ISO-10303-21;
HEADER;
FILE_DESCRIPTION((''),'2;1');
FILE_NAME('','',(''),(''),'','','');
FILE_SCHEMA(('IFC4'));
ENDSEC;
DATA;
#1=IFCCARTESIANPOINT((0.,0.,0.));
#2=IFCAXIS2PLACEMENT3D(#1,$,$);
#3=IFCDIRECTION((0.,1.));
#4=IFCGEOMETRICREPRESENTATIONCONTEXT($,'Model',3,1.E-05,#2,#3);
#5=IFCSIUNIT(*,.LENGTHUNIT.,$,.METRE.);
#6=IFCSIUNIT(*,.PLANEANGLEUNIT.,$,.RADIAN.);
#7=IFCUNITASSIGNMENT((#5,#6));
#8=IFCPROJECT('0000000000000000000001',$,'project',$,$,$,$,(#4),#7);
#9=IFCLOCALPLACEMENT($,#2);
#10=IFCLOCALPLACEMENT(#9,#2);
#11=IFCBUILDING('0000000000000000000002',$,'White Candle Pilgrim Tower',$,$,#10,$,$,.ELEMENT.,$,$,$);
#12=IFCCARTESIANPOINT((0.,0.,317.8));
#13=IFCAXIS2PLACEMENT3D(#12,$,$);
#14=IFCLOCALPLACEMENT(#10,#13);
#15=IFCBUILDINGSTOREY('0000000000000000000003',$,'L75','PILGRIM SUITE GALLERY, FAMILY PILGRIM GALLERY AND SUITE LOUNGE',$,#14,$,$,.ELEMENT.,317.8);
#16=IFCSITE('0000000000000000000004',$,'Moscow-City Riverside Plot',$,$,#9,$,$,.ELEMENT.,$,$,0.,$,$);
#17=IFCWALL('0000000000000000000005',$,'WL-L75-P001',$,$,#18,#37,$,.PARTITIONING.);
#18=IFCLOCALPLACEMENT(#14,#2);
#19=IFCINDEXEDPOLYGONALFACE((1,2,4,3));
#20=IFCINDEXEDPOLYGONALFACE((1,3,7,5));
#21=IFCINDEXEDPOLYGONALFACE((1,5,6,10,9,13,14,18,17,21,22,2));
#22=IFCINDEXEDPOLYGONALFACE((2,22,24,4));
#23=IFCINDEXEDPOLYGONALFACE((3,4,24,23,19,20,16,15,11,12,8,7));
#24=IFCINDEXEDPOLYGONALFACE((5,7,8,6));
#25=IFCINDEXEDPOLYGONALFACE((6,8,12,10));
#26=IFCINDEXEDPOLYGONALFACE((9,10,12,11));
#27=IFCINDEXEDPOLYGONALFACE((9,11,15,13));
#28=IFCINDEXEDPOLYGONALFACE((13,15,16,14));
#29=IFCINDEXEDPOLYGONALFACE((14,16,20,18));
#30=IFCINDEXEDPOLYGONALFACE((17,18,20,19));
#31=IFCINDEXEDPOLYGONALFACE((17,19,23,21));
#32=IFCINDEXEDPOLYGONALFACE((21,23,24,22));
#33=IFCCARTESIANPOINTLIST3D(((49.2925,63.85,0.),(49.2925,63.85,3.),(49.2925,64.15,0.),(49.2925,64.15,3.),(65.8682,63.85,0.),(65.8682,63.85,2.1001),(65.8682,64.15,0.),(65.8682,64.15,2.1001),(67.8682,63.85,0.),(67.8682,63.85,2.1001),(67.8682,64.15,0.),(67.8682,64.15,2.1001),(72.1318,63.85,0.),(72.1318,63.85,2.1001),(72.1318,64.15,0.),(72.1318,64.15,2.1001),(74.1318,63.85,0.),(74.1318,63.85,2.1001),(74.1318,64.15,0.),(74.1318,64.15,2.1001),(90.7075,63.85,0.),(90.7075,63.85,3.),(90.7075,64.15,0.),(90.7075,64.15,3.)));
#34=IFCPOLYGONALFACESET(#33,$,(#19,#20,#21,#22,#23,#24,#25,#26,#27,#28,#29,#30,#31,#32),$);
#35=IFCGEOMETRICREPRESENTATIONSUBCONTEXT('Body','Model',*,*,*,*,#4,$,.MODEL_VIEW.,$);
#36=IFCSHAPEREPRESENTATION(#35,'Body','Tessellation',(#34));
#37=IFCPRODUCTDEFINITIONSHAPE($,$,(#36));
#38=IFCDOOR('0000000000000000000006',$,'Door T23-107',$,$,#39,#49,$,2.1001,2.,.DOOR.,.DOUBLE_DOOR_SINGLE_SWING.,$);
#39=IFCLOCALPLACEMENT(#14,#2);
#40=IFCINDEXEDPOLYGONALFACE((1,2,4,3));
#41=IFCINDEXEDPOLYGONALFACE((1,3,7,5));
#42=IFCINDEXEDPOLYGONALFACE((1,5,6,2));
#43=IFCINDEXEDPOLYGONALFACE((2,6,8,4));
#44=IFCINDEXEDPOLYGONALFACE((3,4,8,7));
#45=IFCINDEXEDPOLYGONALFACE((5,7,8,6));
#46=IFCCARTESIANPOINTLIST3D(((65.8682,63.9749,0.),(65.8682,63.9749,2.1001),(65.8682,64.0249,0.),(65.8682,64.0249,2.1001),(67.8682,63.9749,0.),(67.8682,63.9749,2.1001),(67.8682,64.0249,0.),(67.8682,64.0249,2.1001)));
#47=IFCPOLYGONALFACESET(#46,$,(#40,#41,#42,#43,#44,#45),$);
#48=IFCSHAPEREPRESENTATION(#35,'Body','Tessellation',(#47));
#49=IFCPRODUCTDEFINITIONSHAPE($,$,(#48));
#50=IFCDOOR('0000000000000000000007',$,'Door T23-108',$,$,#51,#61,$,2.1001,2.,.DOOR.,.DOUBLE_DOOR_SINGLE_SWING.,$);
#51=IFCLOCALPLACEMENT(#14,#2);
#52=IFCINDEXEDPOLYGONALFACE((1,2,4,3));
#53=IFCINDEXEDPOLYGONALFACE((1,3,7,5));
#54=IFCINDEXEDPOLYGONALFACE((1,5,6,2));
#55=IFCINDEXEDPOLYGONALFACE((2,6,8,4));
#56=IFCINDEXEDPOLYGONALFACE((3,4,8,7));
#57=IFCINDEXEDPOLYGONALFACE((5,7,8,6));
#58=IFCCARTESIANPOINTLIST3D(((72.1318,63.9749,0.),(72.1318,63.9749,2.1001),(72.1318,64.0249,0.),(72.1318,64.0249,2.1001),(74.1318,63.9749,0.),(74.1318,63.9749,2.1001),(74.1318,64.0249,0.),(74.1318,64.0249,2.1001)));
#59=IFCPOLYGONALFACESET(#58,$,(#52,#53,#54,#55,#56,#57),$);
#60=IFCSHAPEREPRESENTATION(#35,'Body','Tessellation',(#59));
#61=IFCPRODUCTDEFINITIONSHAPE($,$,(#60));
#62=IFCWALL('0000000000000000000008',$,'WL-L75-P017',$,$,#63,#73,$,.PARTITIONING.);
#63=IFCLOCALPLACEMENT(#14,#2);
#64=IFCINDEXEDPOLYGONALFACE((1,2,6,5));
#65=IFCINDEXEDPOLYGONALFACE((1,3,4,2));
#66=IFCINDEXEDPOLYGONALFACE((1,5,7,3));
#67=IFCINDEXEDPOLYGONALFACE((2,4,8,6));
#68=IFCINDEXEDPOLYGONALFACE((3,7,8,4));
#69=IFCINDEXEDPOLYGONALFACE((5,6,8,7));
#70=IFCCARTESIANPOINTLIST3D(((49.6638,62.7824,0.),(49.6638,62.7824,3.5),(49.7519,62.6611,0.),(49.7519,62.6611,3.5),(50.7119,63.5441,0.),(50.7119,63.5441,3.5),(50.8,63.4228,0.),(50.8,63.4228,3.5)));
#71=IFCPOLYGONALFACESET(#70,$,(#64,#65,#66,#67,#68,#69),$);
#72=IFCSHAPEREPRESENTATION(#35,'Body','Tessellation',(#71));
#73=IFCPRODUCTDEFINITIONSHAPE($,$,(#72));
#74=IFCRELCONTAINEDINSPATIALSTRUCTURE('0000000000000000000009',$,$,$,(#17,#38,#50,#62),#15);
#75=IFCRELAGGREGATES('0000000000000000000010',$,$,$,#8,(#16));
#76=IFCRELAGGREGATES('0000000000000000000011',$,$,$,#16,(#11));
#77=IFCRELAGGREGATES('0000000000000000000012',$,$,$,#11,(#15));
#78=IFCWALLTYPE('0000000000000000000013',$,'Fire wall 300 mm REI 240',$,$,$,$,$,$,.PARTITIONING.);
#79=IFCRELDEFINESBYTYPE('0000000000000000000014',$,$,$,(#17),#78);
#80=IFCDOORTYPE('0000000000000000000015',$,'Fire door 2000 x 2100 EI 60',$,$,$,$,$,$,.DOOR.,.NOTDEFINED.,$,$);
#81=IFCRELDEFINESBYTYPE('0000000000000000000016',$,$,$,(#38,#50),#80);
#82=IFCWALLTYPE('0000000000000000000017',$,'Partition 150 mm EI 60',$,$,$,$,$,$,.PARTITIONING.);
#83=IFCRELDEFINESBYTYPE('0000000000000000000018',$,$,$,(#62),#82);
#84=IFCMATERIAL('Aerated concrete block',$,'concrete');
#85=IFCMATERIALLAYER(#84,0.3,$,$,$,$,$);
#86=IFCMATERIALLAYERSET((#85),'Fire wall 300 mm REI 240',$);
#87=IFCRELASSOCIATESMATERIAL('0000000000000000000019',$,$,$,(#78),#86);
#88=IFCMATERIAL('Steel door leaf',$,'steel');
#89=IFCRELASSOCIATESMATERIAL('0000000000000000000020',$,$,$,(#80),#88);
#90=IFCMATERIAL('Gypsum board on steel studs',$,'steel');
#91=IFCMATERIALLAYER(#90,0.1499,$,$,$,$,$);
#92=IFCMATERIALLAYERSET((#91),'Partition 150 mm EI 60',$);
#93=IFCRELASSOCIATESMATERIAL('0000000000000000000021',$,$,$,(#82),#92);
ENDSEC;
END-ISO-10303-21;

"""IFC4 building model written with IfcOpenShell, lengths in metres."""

from ifc_helpers import new_model, si_unit, direction, frame, frame_2d, origin, place, context, subcontext, project, spatial, rectangle, extrude, material, layer, layer_set, type_object, element, fill, save


model = new_model("IFC4")

# Units and contexts
model_context = context("Model", 3, precision=1e-05, world=origin(), true_north=direction((0.0, 1.0)))
body_context = subcontext(model_context, "Body", "Model", "MODEL_VIEW")
ifc_project = project(units=[si_unit("LENGTHUNIT", "METRE"), si_unit("PLANEANGLEUNIT", "RADIAN")], contexts=[model_context])

# Site, building, storey
site_placement = place(None, origin())
site = spatial("IfcSite", under=ifc_project, at=site_placement, Name="Moscow-City Riverside Plot", CompositionType="ELEMENT", RefElevation=0.0)
building_placement = place(site_placement, origin())
building = spatial("IfcBuilding", under=site, at=building_placement, Name="White Candle Pilgrim Tower", CompositionType="ELEMENT")
storey_placement = place(building_placement, frame((0.0, 0.0, 317.8)))
storey = spatial("IfcBuildingStorey", under=building, at=storey_placement, Name="L75", Description="PILGRIM SUITE GALLERY, FAMILY PILGRIM GALLERY AND SUITE LOUNGE", CompositionType="ELEMENT", Elevation=317.8)

# Shared definitions
ifc_material_1 = material(Name="Gypsum board on steel studs", Category="steel")

# Wall, openings, doors
ifc_material_2 = material(Name="Aerated concrete block", Category="concrete")
ifc_layer_1 = layer(ifc_material_2, 0.3)
ifc_layer_set_1 = layer_set([ifc_layer_1], Name="Fire wall 300 mm REI 240")
wall_type_1 = type_object("IfcWallType", Name="Fire wall 300 mm REI 240", PredefinedType="PARTITIONING", material=ifc_layer_set_1)
wall_1_placement = place(storey_placement, frame((49.2925, 64.0, 0.0), z_axis=(0.0, 0.0, 1.0), x_axis=(1.0, 0.0, 0.0)))
wall_1 = element("IfcWall", 1, at=wall_1_placement, inside=storey, type_object=wall_type_1, Name="WL-L75-P001", PredefinedType="PARTITIONING", context=body_context, shape_type="SweptSolid", body=[
    extrude(rectangle(XDim=41.415, YDim=0.3, at=frame_2d((20.7075, 0.0))), origin(), (0.0, 0.0, 1.0), 3.0),
])
opening_1_placement = place(wall_1_placement, frame((16.5757, 0.0, 0.0)))
opening_1 = element("IfcOpeningElement", 2, at=opening_1_placement, cuts=wall_1, PredefinedType="OPENING", context=body_context, shape_type="SweptSolid", body=[
    extrude(rectangle(XDim=2.0, YDim=2.1001, at=frame_2d((1.0, 1.05))), frame((0.0, 0.1599, 0.0), z_axis=(0.0, -1.0, 0.0), x_axis=(1.0, 0.0, 0.0)), (0.0, 0.0, 1.0), 0.3201),
])
opening_2_placement = place(wall_1_placement, frame((22.8394, 0.0, 0.0)))
opening_2 = element("IfcOpeningElement", 3, at=opening_2_placement, cuts=wall_1, PredefinedType="OPENING", context=body_context, shape_type="SweptSolid", body=[
    extrude(rectangle(XDim=2.0, YDim=2.1001, at=frame_2d((1.0, 1.05))), frame((0.0, 0.1599, 0.0), z_axis=(0.0, -1.0, 0.0), x_axis=(1.0, 0.0, 0.0)), (0.0, 0.0, 1.0), 0.3201),
])
ifc_material_3 = material(Name="Steel door leaf", Category="steel")
door_type = type_object("IfcDoorType", Name="Fire door 2000 x 2100 EI 60", OperationType="NOTDEFINED", PredefinedType="DOOR", material=ifc_material_3)
door_1_placement = place(opening_1_placement, origin())
door_1 = element("IfcDoor", 4, at=door_1_placement, inside=storey, type_object=door_type, Name="Door T23-107", OperationType="DOUBLE_DOOR_SINGLE_SWING", OverallHeight=2.1001, OverallWidth=2.0, PredefinedType="DOOR", context=body_context, shape_type="SweptSolid", body=[
    extrude(rectangle(XDim=2.0, YDim=2.1001, at=frame_2d((1.0, 1.05))), frame((0.0, 0.0249, 0.0), z_axis=(0.0, -1.0, 0.0), x_axis=(1.0, 0.0, 0.0)), (0.0, 0.0, 1.0), 0.05),
])
fill(opening_1, door_1)
door_2_placement = place(opening_2_placement, origin())
door_2 = element("IfcDoor", 5, at=door_2_placement, inside=storey, type_object=door_type, Name="Door T23-108", OperationType="DOUBLE_DOOR_SINGLE_SWING", OverallHeight=2.1001, OverallWidth=2.0, PredefinedType="DOOR", context=body_context, shape_type="SweptSolid", body=[
    extrude(rectangle(XDim=2.0, YDim=2.1001, at=frame_2d((1.0, 1.05))), frame((0.0, 0.0249, 0.0), z_axis=(0.0, -1.0, 0.0), x_axis=(1.0, 0.0, 0.0)), (0.0, 0.0, 1.0), 0.05),
])
fill(opening_2, door_2)

# Wall
ifc_layer_2 = layer(ifc_material_1, 0.1499)
ifc_layer_set_2 = layer_set([ifc_layer_2], Name="Partition 150 mm EI 60")
wall_type_2 = type_object("IfcWallType", Name="Partition 150 mm EI 60", PredefinedType="PARTITIONING", material=ifc_layer_set_2)
wall_2_placement = place(storey_placement, frame((49.7078, 62.7217, 0.0), z_axis=(0.0, 0.0, 1.0), x_axis=(0.808932, 0.587903, 0.0)))
element("IfcWall", 6, at=wall_2_placement, inside=storey, type_object=wall_type_2, Name="WL-L75-P017", PredefinedType="PARTITIONING", context=body_context, shape_type="SweptSolid", body=[
    extrude(rectangle(XDim=1.2957, YDim=0.1499, at=frame_2d((0.6479, 0.0))), origin(), (0.0, 0.0, 1.0), 3.5),
])

save(model, "model.ifc")
